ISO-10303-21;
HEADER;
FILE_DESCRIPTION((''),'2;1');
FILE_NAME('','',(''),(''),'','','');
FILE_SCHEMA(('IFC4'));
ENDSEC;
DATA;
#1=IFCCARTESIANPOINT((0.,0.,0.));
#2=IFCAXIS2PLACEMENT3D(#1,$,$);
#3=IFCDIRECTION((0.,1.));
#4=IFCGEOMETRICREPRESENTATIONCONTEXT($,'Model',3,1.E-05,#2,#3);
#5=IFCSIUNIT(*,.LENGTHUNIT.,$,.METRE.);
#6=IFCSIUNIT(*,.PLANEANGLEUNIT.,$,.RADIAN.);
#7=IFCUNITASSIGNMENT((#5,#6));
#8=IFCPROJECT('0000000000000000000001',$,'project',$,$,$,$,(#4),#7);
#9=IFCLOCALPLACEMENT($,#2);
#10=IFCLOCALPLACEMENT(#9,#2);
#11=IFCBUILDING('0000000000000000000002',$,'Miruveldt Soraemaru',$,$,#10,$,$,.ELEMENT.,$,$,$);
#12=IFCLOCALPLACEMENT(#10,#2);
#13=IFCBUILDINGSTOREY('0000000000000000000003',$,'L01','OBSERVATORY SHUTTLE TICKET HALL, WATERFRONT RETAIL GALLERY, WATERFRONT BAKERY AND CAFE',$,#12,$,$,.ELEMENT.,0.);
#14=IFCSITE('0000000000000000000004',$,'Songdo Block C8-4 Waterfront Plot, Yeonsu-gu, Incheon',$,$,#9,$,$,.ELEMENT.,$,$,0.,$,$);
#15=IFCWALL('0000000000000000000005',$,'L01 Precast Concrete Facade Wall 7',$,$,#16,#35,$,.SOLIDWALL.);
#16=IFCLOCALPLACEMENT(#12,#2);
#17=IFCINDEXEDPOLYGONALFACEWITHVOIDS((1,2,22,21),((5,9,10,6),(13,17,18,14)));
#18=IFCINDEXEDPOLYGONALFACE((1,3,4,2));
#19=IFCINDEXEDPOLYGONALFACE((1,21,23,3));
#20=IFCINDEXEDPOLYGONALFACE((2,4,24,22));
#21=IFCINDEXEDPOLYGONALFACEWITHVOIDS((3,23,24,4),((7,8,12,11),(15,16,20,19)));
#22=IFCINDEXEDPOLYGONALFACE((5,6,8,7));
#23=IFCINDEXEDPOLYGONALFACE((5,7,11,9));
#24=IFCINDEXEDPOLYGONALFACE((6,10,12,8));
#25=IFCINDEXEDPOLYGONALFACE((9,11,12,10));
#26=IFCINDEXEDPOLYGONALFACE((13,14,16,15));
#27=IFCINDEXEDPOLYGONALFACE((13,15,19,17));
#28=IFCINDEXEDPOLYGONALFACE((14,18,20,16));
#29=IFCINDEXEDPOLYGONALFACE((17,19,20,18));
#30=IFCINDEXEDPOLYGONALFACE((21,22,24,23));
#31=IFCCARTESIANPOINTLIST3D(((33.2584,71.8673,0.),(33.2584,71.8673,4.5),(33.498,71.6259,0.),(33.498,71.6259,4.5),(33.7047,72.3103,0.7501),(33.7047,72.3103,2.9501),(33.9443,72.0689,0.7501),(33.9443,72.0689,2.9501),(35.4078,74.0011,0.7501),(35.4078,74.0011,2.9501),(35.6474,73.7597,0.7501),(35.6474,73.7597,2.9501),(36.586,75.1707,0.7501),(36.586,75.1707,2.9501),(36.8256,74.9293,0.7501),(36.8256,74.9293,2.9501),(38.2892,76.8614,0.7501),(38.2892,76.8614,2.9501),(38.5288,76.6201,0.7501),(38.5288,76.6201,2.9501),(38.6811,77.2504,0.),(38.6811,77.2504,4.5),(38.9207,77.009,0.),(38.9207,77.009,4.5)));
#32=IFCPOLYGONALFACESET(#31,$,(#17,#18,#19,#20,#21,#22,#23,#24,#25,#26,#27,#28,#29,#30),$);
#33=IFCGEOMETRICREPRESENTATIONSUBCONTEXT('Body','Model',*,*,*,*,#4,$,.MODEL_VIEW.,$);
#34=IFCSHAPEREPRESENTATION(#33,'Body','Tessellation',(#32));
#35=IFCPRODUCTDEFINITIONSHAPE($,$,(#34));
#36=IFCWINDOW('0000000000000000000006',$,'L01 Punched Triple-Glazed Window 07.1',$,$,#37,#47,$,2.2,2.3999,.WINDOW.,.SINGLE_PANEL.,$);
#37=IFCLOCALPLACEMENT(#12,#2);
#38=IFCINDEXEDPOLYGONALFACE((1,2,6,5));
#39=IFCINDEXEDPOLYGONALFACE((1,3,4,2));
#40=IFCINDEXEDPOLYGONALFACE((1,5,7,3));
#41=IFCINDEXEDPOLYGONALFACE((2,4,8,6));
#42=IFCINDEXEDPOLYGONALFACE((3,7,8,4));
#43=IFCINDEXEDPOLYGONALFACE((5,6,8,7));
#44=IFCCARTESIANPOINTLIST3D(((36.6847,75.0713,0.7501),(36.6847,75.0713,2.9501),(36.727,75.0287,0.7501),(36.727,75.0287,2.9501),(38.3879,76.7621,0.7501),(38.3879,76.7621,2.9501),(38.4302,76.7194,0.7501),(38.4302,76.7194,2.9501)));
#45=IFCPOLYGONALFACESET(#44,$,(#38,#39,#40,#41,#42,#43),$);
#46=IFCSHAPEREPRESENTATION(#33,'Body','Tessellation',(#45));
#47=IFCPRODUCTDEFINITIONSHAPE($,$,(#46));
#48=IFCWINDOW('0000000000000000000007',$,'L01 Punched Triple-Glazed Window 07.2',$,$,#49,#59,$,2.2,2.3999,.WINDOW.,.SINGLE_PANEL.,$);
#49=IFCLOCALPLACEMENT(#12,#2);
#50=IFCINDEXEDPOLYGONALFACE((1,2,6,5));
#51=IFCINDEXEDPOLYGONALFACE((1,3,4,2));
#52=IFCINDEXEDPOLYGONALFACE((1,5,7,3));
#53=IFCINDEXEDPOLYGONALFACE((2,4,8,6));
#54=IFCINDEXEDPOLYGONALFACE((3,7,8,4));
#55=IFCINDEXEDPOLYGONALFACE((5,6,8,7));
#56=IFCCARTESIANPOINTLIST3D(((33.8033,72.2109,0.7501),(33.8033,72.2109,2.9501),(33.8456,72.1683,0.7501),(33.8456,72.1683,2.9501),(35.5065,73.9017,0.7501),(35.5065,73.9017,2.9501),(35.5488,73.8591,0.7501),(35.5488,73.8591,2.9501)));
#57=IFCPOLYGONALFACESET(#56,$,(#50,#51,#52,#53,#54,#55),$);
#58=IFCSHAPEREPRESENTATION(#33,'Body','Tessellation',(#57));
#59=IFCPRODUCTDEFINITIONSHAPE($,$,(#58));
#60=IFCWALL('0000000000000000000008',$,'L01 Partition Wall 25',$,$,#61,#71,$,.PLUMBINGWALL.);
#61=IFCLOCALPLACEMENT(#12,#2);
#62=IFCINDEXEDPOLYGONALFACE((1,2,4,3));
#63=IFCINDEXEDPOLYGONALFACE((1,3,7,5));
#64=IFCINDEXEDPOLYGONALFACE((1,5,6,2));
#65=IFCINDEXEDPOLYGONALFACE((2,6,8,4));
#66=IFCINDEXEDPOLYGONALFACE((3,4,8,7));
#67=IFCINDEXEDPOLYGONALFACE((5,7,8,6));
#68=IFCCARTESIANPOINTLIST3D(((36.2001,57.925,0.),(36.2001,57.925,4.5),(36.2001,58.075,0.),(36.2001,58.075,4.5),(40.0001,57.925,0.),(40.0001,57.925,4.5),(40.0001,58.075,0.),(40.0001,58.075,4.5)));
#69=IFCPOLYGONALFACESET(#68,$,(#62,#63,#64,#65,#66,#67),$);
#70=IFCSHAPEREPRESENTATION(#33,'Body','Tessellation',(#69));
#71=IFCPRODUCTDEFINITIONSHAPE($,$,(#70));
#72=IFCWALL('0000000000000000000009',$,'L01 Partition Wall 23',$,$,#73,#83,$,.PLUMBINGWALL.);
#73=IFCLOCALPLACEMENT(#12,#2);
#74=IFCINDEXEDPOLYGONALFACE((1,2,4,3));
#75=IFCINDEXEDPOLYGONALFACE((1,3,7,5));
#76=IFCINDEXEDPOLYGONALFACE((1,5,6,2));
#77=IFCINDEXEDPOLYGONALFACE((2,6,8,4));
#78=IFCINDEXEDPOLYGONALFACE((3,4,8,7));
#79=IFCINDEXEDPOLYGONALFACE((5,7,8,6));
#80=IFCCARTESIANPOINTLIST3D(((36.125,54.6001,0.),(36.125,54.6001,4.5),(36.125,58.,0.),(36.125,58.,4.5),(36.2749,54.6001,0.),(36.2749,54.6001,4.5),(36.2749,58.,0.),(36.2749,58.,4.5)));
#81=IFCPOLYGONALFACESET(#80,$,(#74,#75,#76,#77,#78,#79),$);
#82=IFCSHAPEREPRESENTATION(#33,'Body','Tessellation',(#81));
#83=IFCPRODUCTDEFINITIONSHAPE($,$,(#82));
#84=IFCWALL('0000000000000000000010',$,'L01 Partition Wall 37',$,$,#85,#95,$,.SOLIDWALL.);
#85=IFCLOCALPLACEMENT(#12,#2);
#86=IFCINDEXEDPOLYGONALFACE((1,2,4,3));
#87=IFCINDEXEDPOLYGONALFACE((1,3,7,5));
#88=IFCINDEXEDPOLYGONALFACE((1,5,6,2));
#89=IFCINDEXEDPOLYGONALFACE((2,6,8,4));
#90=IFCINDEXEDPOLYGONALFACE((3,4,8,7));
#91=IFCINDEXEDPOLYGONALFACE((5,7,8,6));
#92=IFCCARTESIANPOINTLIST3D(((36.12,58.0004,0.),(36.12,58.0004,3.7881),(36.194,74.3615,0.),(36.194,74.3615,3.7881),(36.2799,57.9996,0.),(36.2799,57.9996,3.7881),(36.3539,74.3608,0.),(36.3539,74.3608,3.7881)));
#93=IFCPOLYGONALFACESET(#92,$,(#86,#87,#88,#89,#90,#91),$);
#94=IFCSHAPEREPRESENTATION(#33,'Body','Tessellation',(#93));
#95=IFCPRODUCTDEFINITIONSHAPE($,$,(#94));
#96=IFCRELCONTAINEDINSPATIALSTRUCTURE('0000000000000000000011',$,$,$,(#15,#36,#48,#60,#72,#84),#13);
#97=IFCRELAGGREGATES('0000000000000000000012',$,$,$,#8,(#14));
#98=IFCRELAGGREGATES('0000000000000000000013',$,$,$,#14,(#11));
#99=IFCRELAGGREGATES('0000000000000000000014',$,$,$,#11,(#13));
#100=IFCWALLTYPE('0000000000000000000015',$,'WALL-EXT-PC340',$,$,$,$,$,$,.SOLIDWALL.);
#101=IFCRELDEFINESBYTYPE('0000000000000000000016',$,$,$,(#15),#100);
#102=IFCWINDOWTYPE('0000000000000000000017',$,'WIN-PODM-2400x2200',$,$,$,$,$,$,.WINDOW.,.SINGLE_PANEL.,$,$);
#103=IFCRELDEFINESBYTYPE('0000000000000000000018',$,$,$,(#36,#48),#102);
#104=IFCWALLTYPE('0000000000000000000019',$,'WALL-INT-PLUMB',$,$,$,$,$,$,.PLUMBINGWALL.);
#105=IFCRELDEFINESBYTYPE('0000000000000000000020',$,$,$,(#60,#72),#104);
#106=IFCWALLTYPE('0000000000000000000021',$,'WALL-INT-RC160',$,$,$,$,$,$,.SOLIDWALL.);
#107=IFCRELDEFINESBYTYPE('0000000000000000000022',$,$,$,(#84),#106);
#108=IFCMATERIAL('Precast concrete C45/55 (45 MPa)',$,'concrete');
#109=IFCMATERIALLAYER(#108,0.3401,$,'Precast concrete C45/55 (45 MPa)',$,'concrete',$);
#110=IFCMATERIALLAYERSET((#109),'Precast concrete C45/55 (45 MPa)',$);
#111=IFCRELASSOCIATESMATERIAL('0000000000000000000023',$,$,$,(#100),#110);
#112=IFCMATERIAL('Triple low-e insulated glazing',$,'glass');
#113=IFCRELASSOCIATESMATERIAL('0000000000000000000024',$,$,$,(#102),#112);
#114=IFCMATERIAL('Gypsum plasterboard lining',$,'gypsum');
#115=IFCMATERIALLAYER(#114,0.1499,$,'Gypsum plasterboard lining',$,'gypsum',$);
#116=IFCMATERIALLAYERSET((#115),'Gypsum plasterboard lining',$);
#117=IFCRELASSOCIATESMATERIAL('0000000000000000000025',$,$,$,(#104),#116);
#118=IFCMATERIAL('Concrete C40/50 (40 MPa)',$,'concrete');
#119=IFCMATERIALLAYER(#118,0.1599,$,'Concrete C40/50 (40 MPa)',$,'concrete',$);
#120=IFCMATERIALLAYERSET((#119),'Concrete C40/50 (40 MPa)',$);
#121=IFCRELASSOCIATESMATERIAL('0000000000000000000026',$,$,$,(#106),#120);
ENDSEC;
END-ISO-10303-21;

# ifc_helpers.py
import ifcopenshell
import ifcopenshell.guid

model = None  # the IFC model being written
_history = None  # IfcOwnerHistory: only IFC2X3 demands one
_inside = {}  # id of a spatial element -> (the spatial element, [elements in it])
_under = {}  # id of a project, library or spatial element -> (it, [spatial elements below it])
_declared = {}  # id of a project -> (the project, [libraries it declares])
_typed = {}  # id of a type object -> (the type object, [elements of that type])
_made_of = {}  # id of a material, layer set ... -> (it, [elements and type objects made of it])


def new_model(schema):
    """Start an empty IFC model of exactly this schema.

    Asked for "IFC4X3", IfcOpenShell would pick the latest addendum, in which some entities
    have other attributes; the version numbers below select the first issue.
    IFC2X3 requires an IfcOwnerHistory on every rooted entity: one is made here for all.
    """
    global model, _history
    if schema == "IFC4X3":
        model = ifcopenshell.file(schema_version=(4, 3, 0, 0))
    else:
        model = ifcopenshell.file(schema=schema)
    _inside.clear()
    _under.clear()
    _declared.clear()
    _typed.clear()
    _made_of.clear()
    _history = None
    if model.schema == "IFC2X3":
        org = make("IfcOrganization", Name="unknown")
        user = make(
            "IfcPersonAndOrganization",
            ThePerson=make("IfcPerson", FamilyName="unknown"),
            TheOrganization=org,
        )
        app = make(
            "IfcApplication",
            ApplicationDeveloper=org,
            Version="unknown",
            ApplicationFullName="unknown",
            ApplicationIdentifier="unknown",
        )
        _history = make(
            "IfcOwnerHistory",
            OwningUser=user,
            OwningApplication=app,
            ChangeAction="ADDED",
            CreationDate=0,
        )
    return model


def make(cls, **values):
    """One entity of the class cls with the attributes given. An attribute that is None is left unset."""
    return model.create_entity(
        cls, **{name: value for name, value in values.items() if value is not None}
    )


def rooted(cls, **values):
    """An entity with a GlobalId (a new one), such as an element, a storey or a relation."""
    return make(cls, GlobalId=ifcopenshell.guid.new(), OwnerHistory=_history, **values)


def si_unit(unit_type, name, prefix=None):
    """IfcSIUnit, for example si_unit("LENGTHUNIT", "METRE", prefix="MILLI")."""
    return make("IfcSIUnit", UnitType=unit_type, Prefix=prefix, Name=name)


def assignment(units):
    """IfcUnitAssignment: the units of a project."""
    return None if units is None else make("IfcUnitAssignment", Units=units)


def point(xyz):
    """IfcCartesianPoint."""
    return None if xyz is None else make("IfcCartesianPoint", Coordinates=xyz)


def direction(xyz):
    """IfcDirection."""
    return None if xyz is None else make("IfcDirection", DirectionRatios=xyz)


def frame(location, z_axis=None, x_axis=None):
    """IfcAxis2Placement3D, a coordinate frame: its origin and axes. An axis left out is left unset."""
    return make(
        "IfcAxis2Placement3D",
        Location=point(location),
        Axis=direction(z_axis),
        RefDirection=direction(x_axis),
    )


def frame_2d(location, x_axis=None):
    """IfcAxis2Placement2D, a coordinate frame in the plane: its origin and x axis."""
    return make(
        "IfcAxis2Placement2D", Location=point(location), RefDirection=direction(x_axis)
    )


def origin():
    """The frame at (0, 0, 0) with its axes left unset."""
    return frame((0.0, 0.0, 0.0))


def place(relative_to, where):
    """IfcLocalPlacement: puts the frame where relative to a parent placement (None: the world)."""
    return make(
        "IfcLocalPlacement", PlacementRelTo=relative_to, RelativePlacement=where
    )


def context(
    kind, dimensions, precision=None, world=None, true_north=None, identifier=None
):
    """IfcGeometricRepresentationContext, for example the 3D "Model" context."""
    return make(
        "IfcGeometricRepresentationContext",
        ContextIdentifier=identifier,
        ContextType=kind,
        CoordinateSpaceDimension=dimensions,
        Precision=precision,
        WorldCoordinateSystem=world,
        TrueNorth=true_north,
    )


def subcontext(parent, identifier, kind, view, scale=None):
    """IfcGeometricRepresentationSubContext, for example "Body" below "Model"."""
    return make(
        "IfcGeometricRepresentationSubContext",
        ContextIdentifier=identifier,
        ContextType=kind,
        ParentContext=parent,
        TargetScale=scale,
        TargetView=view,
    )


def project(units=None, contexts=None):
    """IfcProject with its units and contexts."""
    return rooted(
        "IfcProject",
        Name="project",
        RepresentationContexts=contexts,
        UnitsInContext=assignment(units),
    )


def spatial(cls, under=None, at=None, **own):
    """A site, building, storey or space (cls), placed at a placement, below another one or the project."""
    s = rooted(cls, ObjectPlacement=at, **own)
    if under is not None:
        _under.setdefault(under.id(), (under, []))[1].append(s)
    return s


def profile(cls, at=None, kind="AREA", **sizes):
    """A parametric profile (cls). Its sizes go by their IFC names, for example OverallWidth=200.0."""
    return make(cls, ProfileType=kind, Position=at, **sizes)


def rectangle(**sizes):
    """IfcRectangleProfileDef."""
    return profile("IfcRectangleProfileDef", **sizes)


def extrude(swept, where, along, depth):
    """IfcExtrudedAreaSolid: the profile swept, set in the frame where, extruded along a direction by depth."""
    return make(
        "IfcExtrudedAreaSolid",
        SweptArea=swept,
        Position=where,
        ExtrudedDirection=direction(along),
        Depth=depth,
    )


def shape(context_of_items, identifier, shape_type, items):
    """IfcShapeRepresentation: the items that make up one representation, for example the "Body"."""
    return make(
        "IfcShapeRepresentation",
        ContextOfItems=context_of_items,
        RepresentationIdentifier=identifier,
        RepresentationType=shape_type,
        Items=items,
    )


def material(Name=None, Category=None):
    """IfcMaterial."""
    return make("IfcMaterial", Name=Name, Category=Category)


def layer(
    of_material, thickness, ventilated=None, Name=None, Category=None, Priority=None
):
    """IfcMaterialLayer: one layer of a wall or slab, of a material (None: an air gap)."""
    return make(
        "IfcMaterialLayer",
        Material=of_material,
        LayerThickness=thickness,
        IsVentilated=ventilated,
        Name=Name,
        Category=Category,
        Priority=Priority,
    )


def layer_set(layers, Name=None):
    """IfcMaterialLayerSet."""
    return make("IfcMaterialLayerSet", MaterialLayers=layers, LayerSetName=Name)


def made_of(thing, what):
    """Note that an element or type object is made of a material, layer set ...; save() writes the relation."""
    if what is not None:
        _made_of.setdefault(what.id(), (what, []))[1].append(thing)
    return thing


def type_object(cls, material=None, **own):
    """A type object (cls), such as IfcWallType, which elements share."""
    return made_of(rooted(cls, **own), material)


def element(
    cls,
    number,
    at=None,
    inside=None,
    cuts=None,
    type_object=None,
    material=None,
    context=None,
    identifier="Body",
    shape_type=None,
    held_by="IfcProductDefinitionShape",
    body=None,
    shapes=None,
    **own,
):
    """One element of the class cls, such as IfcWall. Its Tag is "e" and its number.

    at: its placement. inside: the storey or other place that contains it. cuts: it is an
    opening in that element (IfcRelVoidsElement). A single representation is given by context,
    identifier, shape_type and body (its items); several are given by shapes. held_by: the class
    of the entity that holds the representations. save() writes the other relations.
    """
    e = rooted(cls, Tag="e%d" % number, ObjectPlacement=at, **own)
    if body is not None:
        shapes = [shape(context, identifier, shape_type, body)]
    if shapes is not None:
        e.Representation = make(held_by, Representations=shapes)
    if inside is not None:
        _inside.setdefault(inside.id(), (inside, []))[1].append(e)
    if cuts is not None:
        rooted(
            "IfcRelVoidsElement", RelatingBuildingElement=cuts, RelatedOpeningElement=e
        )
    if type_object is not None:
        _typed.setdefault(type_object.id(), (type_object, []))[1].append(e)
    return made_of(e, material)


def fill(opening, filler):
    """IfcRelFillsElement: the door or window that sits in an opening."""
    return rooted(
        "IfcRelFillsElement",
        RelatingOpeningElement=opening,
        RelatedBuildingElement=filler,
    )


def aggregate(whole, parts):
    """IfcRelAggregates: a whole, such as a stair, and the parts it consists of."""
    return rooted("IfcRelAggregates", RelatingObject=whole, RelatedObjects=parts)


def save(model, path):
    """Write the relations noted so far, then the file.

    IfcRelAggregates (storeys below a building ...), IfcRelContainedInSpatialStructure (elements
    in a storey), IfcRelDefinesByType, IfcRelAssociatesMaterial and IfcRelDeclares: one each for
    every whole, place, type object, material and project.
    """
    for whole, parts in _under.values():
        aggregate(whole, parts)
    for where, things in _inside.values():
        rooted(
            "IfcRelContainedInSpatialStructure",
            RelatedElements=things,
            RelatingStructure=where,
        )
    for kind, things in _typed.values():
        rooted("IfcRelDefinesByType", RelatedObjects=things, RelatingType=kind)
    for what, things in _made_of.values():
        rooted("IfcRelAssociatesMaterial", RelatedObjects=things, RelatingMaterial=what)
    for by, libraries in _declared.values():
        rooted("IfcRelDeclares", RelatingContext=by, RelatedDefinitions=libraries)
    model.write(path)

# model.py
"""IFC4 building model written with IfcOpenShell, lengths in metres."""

from ifc_helpers import new_model, si_unit, direction, frame, frame_2d, origin, place, context, subcontext, project, spatial, rectangle, extrude, material, layer, layer_set, type_object, element, fill, save


model = new_model("IFC4")

# Units and contexts
model_context = context("Model", 3, precision=1e-05, world=origin(), true_north=direction((0.0, 1.0)))
body_context = subcontext(model_context, "Body", "Model", "MODEL_VIEW")
ifc_project = project(units=[si_unit("LENGTHUNIT", "METRE"), si_unit("PLANEANGLEUNIT", "RADIAN")], contexts=[model_context])

# Site, building, storey
site_placement = place(None, origin())
site = spatial("IfcSite", under=ifc_project, at=site_placement, Name="Songdo Block C8-4 Waterfront Plot, Yeonsu-gu, Incheon", CompositionType="ELEMENT", RefElevation=0.0)
building_placement = place(site_placement, origin())
building = spatial("IfcBuilding", under=site, at=building_placement, Name="Miruveldt Soraemaru", CompositionType="ELEMENT")
storey_placement = place(building_placement, origin())
storey = spatial("IfcBuildingStorey", under=building, at=storey_placement, Name="L01", Description="OBSERVATORY SHUTTLE TICKET HALL, WATERFRONT RETAIL GALLERY, WATERFRONT BAKERY AND CAFE", CompositionType="ELEMENT", Elevation=0.0)

# Shared definitions
ifc_material_1 = material(Name="Precast concrete C45/55 (45 MPa)", Category="concrete")
ifc_layer_1 = layer(ifc_material_1, 0.3401, Name="Precast concrete C45/55 (45 MPa)", Category="concrete")
ifc_layer_set_1 = layer_set([ifc_layer_1], Name="Precast concrete C45/55 (45 MPa)")
wall_type_1 = type_object("IfcWallType", Name="WALL-EXT-PC340", PredefinedType="SOLIDWALL", material=ifc_layer_set_1)
ifc_material_2 = material(Name="Triple low-e insulated glazing", Category="glass")
window_type_1 = type_object("IfcWindowType", Name="WIN-PODM-2400x2200", PartitioningType="SINGLE_PANEL", PredefinedType="WINDOW", material=ifc_material_2)

# Wall, openings, windows
wall_1_placement = place(storey_placement, frame((38.8008, 77.1296, 0.0), z_axis=(0.0, 0.0, 1.0), x_axis=(-0.70969, -0.704514, 0.0)))
wall_1 = element("IfcWall", 1, at=wall_1_placement, inside=storey, type_object=wall_type_1, Name="L01 Precast Concrete Facade Wall 7", PredefinedType="SOLIDWALL", context=body_context, shape_type="SweptSolid", body=[
    extrude(rectangle(XDim=7.6409, YDim=0.3401, at=frame_2d((3.8203, 0.0))), origin(), (0.0, 0.0, 1.0), 4.5),
])
opening_1_placement = place(wall_1_placement, frame((0.552, 0.0, 0.75)))
opening_1 = element("IfcOpeningElement", 2, at=opening_1_placement, cuts=wall_1, PredefinedType="OPENING", context=body_context, shape_type="SweptSolid", body=[
    extrude(rectangle(XDim=2.3999, YDim=2.2, at=frame_2d((1.2, 1.1001))), frame((0.0, 0.1802, 0.0), z_axis=(0.0, -1.0, 0.0), x_axis=(1.0, 0.0, 0.0)), (0.0, 0.0, 1.0), 0.3601),
])
opening_2_placement = place(wall_1_placement, frame((4.6121, 0.0, 0.75)))
opening_2 = element("IfcOpeningElement", 3, at=opening_2_placement, cuts=wall_1, PredefinedType="OPENING", context=body_context, shape_type="SweptSolid", body=[
    extrude(rectangle(XDim=2.3999, YDim=2.2, at=frame_2d((1.2, 1.1001))), frame((0.0, 0.1802, 0.0), z_axis=(0.0, -1.0, 0.0), x_axis=(1.0, 0.0, 0.0)), (0.0, 0.0, 1.0), 0.3601),
])
window_1_placement = place(opening_1_placement, origin())
window_1 = element("IfcWindow", 4, at=window_1_placement, inside=storey, type_object=window_type_1, Name="L01 Punched Triple-Glazed Window 07.1", OverallHeight=2.2, OverallWidth=2.3999, PartitioningType="SINGLE_PANEL", PredefinedType="WINDOW", context=body_context, shape_type="SweptSolid", body=[
    extrude(rectangle(XDim=2.3999, YDim=2.2, at=frame_2d((1.2, 1.1001))), frame((0.0, 0.03, 0.0), z_axis=(0.0, -1.0, 0.0), x_axis=(1.0, 0.0, 0.0)), (0.0, 0.0, 1.0), 0.0601),
])
fill(opening_1, window_1)
window_2_placement = place(opening_2_placement, origin())
window_2 = element("IfcWindow", 5, at=window_2_placement, inside=storey, type_object=window_type_1, Name="L01 Punched Triple-Glazed Window 07.2", OverallHeight=2.2, OverallWidth=2.3999, PartitioningType="SINGLE_PANEL", PredefinedType="WINDOW", context=body_context, shape_type="SweptSolid", body=[
    extrude(rectangle(XDim=2.3999, YDim=2.2, at=frame_2d((1.2, 1.1001))), frame((0.0, 0.03, 0.0), z_axis=(0.0, -1.0, 0.0), x_axis=(1.0, 0.0, 0.0)), (0.0, 0.0, 1.0), 0.0601),
])
fill(opening_2, window_2)

# Walls
ifc_material_3 = material(Name="Gypsum plasterboard lining", Category="gypsum")
ifc_layer_2 = layer(ifc_material_3, 0.1499, Name="Gypsum plasterboard lining", Category="gypsum")
ifc_layer_set_2 = layer_set([ifc_layer_2], Name="Gypsum plasterboard lining")
wall_type_2 = type_object("IfcWallType", Name="WALL-INT-PLUMB", PredefinedType="PLUMBINGWALL", material=ifc_layer_set_2)
wall_2_placement = place(storey_placement, frame((40.0, 58.0, 0.0), z_axis=(0.0, 0.0, 1.0), x_axis=(-1.0, 0.0, 0.0)))
element("IfcWall", 6, at=wall_2_placement, inside=storey, type_object=wall_type_2, Name="L01 Partition Wall 25", PredefinedType="PLUMBINGWALL", context=body_context, shape_type="SweptSolid", body=[
    extrude(rectangle(XDim=3.8, YDim=0.1499, at=frame_2d((1.8999, 0.0))), origin(), (0.0, 0.0, 1.0), 4.5),
])
wall_3_placement = place(storey_placement, frame((36.2, 58.0, 0.0), z_axis=(0.0, 0.0, 1.0), x_axis=(0.0, -1.0, 0.0)))
element("IfcWall", 7, at=wall_3_placement, inside=storey, type_object=wall_type_2, Name="L01 Partition Wall 23", PredefinedType="PLUMBINGWALL", context=body_context, shape_type="SweptSolid", body=[
    extrude(rectangle(XDim=3.3999, YDim=0.1499, at=frame_2d((1.7, 0.0))), origin(), (0.0, 0.0, 1.0), 4.5),
])
ifc_material_4 = material(Name="Concrete C40/50 (40 MPa)", Category="concrete")
ifc_layer_3 = layer(ifc_material_4, 0.1599, Name="Concrete C40/50 (40 MPa)", Category="concrete")
ifc_layer_set_3 = layer_set([ifc_layer_3], Name="Concrete C40/50 (40 MPa)")
wall_type_3 = type_object("IfcWallType", Name="WALL-INT-RC160", PredefinedType="SOLIDWALL", material=ifc_layer_set_3)
wall_4_placement = place(storey_placement, frame((36.2, 58.0, 0.0), z_axis=(0.0, 0.0, 1.0), x_axis=(0.004521, 0.99999, 0.0)))
element("IfcWall", 8, at=wall_4_placement, inside=storey, type_object=wall_type_3, Name="L01 Partition Wall 37", PredefinedType="SOLIDWALL", context=body_context, shape_type="SweptSolid", body=[
    extrude(rectangle(XDim=16.3613, YDim=0.1599, at=frame_2d((8.1807, 0.0))), origin(), (0.0, 0.0, 1.0), 3.7881),
])

save(model, "model.ifc")
